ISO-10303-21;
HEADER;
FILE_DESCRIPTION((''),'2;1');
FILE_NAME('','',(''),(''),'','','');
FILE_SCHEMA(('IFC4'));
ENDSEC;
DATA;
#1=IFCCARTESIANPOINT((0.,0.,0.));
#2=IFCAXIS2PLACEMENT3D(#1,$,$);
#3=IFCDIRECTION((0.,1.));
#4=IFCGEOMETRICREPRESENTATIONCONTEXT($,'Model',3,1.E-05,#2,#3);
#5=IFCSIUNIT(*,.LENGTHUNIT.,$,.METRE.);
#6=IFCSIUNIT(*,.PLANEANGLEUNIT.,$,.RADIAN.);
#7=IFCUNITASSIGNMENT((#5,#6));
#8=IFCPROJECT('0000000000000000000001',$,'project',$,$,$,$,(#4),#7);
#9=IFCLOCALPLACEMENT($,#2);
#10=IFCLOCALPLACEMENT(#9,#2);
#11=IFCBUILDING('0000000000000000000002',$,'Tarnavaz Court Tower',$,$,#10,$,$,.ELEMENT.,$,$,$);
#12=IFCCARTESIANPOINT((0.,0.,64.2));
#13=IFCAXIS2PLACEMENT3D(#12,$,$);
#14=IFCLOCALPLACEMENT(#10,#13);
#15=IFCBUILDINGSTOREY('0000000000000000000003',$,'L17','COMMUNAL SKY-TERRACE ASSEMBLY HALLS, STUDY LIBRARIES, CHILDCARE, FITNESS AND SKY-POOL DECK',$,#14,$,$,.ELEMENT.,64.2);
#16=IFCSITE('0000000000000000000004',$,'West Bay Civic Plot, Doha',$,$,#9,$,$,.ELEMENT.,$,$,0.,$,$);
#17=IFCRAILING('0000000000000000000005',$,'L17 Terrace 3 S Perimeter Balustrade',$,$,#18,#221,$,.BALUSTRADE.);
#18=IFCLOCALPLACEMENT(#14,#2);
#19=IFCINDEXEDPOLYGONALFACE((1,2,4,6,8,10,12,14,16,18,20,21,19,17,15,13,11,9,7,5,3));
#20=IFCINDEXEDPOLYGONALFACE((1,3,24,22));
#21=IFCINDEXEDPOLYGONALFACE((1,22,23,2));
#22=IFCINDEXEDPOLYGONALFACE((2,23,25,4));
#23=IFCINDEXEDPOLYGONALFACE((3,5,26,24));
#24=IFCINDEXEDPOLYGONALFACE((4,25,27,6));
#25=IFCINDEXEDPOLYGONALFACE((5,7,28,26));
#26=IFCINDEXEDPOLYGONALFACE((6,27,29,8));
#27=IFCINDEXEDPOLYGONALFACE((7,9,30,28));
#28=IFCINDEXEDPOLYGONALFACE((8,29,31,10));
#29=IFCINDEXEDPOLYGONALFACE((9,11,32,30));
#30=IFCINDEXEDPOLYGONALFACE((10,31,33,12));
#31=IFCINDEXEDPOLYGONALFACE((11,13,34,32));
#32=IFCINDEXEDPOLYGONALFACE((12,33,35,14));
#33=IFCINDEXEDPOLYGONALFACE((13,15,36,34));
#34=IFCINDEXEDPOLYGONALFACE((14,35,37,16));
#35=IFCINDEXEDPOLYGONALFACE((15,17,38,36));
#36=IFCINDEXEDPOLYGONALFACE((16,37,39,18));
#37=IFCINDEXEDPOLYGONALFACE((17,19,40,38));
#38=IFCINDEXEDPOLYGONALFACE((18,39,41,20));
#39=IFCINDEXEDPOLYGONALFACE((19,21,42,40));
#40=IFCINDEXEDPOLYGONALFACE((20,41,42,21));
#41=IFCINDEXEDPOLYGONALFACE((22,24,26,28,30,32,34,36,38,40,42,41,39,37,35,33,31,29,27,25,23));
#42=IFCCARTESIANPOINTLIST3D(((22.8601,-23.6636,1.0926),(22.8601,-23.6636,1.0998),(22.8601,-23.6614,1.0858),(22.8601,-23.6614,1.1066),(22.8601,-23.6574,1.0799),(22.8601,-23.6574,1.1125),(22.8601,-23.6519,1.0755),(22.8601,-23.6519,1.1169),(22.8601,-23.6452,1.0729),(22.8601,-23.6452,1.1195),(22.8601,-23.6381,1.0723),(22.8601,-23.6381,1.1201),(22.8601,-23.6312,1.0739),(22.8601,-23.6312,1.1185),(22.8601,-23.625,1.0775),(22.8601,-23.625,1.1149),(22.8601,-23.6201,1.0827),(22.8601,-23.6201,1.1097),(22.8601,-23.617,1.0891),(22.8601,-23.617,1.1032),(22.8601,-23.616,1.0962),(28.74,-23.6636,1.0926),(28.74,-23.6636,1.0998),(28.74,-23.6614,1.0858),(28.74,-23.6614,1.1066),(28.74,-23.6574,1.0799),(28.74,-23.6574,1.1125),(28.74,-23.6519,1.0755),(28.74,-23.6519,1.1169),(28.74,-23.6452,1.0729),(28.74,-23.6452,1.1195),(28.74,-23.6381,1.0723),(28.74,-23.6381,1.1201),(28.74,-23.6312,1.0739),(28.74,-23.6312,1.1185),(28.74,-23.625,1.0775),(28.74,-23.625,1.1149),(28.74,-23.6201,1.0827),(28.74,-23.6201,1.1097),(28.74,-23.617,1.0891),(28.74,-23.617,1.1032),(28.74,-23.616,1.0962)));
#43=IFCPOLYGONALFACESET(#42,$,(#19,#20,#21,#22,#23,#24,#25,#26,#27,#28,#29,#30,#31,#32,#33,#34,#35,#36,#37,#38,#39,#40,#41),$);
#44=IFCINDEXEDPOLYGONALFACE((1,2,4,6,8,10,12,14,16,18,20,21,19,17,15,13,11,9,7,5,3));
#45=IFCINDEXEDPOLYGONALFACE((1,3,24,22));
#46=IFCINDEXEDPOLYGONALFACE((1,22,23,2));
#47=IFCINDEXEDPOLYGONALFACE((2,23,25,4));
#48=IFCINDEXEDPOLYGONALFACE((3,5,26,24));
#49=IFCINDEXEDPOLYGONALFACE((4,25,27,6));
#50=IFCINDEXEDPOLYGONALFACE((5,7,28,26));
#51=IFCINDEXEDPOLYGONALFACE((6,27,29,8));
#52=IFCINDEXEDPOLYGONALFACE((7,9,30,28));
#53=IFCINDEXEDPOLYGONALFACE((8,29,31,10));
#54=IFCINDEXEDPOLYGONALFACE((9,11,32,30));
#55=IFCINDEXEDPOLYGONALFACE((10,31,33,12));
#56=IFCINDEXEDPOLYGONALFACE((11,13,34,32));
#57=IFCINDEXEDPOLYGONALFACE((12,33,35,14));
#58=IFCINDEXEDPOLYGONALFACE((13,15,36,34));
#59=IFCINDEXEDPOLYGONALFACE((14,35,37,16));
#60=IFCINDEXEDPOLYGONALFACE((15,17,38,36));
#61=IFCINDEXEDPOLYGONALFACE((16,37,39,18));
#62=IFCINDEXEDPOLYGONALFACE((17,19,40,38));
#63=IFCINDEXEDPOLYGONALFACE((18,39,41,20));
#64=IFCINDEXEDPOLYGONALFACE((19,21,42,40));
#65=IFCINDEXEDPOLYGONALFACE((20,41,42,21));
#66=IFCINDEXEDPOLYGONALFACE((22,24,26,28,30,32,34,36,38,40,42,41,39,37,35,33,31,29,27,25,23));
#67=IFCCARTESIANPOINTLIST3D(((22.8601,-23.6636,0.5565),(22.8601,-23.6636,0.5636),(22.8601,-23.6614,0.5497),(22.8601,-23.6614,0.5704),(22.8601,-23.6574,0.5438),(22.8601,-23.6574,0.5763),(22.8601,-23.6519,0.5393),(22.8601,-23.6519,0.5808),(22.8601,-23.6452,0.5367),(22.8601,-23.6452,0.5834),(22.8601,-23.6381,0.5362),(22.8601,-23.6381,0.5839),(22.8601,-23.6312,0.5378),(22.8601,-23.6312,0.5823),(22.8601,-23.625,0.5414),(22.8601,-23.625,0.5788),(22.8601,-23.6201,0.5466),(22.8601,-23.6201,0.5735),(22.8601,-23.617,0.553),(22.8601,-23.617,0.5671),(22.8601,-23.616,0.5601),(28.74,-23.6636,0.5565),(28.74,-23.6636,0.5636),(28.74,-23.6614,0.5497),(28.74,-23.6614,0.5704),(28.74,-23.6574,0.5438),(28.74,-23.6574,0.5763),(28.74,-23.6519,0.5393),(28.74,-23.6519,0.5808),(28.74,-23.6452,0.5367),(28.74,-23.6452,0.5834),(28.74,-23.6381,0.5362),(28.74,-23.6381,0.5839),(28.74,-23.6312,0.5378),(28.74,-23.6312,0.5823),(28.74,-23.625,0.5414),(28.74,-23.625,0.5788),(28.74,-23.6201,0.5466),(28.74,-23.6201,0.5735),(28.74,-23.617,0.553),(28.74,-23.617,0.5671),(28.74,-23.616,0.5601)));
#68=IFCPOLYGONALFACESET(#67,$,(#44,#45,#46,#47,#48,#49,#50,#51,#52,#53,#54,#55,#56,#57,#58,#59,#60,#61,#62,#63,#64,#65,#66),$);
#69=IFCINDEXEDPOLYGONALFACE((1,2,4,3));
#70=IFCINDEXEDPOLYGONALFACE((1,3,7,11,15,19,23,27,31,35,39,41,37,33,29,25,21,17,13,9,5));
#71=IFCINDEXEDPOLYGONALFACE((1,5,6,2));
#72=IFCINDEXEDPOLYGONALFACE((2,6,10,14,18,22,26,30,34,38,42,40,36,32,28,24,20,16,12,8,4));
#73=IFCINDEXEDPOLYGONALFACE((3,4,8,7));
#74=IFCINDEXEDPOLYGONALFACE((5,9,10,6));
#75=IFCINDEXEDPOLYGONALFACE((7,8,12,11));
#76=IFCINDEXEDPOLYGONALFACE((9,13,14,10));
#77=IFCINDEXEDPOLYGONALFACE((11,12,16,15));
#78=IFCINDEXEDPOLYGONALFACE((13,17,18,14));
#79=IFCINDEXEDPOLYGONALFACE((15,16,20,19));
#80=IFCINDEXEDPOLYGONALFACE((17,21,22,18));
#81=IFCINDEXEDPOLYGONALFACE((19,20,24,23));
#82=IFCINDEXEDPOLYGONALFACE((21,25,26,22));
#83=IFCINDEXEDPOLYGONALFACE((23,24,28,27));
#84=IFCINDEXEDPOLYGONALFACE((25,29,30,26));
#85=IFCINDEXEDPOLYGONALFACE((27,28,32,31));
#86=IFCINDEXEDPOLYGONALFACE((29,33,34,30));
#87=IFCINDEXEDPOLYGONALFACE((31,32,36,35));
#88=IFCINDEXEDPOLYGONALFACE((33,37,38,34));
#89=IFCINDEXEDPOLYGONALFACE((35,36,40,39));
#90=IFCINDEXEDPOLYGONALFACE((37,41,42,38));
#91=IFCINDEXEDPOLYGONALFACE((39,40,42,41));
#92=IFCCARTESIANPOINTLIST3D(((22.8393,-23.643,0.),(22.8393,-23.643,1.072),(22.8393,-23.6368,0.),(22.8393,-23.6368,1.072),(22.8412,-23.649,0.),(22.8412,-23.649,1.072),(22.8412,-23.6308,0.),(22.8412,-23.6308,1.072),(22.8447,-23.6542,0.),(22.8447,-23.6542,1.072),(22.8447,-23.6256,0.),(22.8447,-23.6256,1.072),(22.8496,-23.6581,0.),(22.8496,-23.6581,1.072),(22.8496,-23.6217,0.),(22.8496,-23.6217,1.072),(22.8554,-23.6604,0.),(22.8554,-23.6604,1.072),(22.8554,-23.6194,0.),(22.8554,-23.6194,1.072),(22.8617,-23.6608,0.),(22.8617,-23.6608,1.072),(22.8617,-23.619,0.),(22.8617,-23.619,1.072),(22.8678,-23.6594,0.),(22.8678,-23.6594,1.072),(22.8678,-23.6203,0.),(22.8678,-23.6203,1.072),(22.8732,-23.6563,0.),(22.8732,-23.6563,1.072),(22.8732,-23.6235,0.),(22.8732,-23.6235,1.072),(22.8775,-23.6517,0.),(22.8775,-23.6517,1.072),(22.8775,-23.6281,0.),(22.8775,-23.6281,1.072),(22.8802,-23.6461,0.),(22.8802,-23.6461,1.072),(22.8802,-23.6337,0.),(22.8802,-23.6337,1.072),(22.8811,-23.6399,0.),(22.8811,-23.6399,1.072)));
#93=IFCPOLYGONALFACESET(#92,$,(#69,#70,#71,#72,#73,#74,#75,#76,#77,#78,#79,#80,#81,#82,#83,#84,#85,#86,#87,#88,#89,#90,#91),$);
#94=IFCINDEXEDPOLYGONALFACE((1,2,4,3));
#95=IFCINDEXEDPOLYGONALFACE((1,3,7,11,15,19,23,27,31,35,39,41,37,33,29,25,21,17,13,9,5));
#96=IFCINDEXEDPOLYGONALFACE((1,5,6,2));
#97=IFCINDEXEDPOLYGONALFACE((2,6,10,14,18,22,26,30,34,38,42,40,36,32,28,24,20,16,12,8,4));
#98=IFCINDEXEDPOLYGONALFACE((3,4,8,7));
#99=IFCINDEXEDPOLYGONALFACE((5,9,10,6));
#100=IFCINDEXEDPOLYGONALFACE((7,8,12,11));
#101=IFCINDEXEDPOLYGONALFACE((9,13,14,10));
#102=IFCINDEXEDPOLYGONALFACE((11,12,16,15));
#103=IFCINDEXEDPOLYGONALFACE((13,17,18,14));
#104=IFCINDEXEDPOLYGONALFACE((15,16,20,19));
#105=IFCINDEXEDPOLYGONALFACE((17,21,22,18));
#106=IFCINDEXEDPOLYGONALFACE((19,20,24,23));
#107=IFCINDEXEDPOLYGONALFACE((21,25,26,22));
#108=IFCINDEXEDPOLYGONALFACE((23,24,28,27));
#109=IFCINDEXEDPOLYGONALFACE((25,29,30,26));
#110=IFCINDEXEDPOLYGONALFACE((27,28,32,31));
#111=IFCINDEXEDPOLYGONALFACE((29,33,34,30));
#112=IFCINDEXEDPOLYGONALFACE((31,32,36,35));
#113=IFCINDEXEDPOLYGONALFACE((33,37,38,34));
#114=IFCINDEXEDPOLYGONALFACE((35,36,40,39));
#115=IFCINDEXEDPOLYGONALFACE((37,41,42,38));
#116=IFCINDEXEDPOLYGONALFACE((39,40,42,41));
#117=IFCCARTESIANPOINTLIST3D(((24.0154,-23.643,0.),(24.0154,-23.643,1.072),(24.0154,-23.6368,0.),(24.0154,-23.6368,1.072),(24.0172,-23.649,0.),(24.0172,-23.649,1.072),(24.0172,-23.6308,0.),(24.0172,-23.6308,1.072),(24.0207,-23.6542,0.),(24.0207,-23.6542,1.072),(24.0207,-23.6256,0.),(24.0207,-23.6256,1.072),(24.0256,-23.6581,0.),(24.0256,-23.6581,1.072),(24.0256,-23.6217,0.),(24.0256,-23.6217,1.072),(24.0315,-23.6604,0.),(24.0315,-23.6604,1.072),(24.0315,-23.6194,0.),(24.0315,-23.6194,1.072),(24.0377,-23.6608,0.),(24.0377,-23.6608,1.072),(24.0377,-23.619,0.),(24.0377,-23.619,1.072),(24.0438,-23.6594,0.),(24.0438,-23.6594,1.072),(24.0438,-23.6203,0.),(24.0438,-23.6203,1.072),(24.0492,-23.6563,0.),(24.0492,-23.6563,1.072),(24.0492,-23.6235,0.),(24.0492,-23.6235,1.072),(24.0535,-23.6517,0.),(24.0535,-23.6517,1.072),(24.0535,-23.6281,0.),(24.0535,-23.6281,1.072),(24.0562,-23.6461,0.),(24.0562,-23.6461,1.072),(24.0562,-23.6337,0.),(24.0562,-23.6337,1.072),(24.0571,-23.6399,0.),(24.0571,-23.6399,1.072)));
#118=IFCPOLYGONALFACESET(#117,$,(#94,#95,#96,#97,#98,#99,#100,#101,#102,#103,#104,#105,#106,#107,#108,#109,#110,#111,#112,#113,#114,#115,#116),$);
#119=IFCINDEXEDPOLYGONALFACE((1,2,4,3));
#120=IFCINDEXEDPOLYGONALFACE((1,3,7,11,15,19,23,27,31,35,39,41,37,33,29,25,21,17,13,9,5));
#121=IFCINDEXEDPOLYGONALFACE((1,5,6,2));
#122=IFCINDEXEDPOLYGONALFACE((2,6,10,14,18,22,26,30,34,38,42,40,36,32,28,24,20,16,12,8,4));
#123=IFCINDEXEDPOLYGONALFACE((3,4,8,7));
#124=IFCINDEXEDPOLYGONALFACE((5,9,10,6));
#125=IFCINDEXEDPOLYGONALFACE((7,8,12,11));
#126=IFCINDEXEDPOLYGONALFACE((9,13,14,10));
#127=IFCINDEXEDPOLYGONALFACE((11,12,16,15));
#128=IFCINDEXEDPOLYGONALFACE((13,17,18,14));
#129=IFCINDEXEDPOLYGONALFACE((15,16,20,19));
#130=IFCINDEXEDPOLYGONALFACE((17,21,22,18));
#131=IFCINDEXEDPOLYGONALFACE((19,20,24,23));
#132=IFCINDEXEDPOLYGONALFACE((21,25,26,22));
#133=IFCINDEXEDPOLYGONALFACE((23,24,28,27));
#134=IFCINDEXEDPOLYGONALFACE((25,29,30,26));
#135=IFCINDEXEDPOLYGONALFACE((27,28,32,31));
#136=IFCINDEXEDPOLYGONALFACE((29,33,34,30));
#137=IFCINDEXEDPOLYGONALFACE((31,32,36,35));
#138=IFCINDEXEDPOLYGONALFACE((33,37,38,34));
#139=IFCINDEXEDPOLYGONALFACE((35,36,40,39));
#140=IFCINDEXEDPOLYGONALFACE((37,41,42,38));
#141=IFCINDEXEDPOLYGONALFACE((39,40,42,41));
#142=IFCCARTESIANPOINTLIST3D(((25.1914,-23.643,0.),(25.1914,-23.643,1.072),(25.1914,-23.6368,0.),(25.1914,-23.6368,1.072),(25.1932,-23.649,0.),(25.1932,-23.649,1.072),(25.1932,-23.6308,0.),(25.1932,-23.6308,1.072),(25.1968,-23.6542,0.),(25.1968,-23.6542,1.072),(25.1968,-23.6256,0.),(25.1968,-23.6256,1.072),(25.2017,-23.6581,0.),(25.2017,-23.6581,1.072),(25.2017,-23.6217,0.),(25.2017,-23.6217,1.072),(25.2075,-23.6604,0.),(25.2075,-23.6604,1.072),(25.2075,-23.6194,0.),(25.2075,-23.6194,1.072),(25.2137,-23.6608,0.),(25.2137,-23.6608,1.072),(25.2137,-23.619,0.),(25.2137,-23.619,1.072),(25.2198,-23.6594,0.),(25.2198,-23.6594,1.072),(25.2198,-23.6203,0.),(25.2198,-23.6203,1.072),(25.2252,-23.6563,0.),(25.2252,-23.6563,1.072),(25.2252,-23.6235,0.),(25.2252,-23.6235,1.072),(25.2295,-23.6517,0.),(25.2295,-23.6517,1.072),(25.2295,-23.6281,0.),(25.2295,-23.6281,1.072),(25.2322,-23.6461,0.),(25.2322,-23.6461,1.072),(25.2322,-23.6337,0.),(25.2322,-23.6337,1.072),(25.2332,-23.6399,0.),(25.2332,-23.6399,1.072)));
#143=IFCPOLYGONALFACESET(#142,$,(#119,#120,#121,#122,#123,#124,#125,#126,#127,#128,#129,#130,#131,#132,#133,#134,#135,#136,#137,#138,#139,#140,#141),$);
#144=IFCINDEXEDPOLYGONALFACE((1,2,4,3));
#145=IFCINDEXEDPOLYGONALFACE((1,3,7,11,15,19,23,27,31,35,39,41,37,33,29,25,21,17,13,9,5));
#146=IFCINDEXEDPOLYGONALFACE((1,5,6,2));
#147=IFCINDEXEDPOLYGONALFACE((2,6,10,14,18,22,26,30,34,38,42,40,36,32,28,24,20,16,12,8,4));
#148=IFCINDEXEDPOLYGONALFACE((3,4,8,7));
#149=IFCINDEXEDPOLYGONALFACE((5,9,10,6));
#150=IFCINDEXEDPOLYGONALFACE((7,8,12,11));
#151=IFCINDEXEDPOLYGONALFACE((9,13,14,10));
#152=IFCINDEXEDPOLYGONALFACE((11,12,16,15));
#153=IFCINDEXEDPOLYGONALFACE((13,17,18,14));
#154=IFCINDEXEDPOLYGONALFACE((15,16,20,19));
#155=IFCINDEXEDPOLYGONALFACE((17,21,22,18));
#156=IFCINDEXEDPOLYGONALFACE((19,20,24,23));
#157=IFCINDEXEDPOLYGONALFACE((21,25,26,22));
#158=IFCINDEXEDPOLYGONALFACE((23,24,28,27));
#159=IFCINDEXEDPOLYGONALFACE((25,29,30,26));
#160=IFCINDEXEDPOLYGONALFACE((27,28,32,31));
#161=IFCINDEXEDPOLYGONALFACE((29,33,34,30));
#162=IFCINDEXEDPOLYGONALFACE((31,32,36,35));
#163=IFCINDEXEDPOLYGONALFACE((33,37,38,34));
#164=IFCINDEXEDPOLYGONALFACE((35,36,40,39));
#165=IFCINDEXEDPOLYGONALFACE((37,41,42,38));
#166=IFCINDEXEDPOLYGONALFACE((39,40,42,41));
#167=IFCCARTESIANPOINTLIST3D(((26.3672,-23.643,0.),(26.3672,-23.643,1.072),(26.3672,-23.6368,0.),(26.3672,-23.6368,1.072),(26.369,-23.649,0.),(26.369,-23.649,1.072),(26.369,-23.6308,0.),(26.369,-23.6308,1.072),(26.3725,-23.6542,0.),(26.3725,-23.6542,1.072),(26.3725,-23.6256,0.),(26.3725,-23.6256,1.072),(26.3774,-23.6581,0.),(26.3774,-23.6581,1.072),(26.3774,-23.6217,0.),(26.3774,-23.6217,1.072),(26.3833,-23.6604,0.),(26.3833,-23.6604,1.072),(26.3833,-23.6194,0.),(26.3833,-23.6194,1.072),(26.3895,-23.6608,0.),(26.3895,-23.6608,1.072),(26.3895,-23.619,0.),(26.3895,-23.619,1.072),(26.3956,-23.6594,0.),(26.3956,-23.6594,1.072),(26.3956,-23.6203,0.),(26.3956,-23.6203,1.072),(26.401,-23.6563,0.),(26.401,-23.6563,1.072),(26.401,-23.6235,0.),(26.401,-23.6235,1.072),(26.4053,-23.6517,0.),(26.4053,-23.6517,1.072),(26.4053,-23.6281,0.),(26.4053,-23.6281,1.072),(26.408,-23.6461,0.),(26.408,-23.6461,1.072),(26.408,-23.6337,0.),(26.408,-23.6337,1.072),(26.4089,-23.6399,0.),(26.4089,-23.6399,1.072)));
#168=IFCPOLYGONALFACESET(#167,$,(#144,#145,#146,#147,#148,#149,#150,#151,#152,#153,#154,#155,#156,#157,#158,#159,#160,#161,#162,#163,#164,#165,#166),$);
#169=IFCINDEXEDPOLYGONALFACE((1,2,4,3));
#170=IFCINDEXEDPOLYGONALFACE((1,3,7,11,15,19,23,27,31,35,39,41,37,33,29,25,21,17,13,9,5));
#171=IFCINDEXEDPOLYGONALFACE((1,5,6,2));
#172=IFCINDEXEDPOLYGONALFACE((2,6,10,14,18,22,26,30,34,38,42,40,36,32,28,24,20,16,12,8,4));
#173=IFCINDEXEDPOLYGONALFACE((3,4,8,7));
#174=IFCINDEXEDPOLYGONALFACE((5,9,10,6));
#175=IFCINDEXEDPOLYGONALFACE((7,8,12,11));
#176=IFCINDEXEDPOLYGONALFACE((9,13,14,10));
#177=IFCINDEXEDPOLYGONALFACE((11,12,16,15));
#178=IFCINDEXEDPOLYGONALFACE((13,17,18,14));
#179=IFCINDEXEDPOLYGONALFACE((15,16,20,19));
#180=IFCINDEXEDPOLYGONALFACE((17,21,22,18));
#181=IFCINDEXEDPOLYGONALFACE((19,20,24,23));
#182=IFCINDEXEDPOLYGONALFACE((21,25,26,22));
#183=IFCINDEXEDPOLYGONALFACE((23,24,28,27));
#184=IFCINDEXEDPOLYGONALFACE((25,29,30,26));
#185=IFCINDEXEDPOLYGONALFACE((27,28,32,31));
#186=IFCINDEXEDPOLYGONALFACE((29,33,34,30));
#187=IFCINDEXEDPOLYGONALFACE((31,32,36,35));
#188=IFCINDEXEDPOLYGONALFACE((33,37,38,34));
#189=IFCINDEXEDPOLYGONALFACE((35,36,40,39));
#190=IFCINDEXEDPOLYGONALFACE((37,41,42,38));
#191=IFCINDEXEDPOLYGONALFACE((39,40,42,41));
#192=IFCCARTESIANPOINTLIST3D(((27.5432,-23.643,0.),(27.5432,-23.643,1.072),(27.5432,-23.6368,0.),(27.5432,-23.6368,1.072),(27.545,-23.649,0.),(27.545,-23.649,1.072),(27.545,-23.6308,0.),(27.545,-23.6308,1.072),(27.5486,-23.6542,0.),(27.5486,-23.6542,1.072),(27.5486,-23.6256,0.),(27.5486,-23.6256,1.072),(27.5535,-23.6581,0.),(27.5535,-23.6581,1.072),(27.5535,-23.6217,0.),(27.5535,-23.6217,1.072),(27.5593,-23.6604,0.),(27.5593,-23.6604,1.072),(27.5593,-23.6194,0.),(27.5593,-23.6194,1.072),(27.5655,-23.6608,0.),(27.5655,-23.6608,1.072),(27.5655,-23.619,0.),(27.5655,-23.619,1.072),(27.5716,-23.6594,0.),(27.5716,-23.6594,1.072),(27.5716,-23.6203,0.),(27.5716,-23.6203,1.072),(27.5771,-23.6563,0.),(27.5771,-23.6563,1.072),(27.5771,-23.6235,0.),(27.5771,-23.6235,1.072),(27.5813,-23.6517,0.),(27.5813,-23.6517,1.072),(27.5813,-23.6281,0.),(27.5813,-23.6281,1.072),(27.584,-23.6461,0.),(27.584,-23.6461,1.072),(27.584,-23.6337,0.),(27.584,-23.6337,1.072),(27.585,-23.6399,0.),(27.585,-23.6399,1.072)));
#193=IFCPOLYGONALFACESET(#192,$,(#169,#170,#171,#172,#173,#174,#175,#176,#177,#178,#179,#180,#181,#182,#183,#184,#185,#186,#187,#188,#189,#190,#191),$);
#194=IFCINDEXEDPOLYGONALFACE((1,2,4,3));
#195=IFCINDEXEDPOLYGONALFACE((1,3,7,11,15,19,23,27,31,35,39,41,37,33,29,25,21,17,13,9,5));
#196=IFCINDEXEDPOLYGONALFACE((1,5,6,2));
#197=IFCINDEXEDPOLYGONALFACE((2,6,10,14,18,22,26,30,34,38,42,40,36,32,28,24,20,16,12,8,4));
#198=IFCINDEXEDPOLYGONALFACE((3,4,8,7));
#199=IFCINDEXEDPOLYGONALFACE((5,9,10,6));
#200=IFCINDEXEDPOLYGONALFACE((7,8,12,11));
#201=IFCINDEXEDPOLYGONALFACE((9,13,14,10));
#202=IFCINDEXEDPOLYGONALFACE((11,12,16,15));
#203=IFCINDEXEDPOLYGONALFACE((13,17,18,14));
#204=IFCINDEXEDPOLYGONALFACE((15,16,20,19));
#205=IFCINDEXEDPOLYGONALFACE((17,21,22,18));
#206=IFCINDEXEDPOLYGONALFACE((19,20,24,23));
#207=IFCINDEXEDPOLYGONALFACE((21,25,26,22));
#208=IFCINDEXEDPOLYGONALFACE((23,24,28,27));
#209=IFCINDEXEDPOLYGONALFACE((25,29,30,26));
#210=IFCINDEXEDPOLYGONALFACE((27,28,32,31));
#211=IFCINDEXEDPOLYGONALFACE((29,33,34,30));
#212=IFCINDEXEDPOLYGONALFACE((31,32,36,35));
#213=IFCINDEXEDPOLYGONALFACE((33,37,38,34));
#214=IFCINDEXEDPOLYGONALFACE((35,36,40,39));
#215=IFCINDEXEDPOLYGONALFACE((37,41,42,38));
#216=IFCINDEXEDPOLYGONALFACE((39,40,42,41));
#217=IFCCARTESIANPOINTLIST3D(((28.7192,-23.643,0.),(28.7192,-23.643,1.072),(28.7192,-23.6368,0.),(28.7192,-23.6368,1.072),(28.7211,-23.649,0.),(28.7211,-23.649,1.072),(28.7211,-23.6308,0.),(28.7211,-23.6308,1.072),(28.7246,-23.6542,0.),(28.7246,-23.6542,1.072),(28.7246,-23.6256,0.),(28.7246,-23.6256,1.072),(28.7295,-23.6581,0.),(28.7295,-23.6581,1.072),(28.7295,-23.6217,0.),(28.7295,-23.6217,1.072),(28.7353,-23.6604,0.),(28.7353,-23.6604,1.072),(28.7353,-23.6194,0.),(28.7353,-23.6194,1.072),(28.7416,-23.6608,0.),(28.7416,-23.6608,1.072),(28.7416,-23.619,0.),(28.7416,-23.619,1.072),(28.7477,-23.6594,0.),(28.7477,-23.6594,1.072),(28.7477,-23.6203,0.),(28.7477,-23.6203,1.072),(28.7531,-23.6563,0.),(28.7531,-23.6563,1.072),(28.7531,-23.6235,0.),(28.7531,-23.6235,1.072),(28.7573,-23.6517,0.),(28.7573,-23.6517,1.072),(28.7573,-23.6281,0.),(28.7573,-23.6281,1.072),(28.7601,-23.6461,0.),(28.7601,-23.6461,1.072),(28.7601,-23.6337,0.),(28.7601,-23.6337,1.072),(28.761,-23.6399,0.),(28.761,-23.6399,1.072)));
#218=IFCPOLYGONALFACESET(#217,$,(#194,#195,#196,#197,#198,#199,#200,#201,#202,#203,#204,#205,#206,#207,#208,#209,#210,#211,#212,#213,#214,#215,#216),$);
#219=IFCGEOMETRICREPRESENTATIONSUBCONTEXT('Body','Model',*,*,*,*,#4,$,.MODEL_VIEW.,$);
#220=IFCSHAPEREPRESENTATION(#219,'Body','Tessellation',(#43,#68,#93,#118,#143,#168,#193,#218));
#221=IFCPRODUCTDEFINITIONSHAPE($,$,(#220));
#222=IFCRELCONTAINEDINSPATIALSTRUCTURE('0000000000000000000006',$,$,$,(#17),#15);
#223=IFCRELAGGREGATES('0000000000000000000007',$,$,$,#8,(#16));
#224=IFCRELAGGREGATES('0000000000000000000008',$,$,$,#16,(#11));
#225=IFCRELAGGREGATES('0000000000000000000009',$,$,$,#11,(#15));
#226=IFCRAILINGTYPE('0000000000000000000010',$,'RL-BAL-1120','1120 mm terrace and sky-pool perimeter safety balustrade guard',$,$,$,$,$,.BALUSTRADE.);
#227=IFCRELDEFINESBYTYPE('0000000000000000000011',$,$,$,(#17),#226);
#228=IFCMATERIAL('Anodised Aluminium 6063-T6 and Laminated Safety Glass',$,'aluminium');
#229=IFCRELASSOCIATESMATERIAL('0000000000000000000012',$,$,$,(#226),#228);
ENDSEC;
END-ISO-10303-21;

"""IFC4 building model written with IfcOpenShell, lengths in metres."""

from ifc_helpers import new_model, si_unit, direction, frame, origin, origin_2d, place, context, subcontext, project, spatial, circle, extrude, material, type_object, element, save


model = new_model("IFC4")

# Units and contexts
model_context = context("Model", 3, precision=1e-05, world=origin(), true_north=direction((0.0, 1.0)))
body_context = subcontext(model_context, "Body", "Model", "MODEL_VIEW")
ifc_project = project(units=[si_unit("LENGTHUNIT", "METRE"), si_unit("PLANEANGLEUNIT", "RADIAN")], contexts=[model_context])

# Site, building, storey
site_placement = place(None, origin())
site = spatial("IfcSite", under=ifc_project, at=site_placement, Name="West Bay Civic Plot, Doha", CompositionType="ELEMENT", RefElevation=0.0)
building_placement = place(site_placement, origin())
building = spatial("IfcBuilding", under=site, at=building_placement, Name="Tarnavaz Court Tower", CompositionType="ELEMENT")
storey_placement = place(building_placement, frame((0.0, 0.0, 64.2)))
storey = spatial("IfcBuildingStorey", under=building, at=storey_placement, Name="L17", Description="COMMUNAL SKY-TERRACE ASSEMBLY HALLS, STUDY LIBRARIES, CHILDCARE, FITNESS AND SKY-POOL DECK", CompositionType="ELEMENT", Elevation=64.2)

# Railing
ifc_material_1 = material(Name="Anodised Aluminium 6063-T6 and Laminated Safety Glass", Category="aluminium")
railing_type = type_object("IfcRailingType", Name="RL-BAL-1120", Description="1120 mm terrace and sky-pool perimeter safety balustrade guard", PredefinedType="BALUSTRADE", material=ifc_material_1)
railing_1_placement = place(storey_placement, frame((22.8601, -23.6399, 0.0)))
element("IfcRailing", 1, at=railing_1_placement, inside=storey, type_object=railing_type, Name="L17 Terrace 3 S Perimeter Balustrade", PredefinedType="BALUSTRADE", context=body_context, shape_type="SweptSolid", body=[
    extrude(circle(Radius=0.0239, at=origin_2d()), frame((0.0, 0.0, 1.0962), z_axis=(1.0, 0.0, 0.0), x_axis=(0.0, 1.0, 0.0)), (0.0, 0.0, 1.0), 5.8799),
    extrude(circle(Radius=0.0239, at=origin_2d()), frame((0.0, 0.0, 0.5601), z_axis=(1.0, 0.0, 0.0), x_axis=(0.0, 1.0, 0.0)), (0.0, 0.0, 1.0), 5.8799),
    extrude(circle(Radius=0.021, at=origin_2d()), origin(), (0.0, 0.0, 1.0), 1.072),
    extrude(circle(Radius=0.021, at=origin_2d()), frame((1.176, 0.0, 0.0)), (0.0, 0.0, 1.0), 1.072),
    extrude(circle(Radius=0.021, at=origin_2d()), frame((2.3521, 0.0, 0.0)), (0.0, 0.0, 1.0), 1.072),
    extrude(circle(Radius=0.021, at=origin_2d()), frame((3.5278, 0.0, 0.0)), (0.0, 0.0, 1.0), 1.072),
    extrude(circle(Radius=0.021, at=origin_2d()), frame((4.7039, 0.0, 0.0)), (0.0, 0.0, 1.0), 1.072),
    extrude(circle(Radius=0.021, at=origin_2d()), frame((5.8799, 0.0, 0.0)), (0.0, 0.0, 1.0), 1.072),
])

save(model, "model.ifc")
